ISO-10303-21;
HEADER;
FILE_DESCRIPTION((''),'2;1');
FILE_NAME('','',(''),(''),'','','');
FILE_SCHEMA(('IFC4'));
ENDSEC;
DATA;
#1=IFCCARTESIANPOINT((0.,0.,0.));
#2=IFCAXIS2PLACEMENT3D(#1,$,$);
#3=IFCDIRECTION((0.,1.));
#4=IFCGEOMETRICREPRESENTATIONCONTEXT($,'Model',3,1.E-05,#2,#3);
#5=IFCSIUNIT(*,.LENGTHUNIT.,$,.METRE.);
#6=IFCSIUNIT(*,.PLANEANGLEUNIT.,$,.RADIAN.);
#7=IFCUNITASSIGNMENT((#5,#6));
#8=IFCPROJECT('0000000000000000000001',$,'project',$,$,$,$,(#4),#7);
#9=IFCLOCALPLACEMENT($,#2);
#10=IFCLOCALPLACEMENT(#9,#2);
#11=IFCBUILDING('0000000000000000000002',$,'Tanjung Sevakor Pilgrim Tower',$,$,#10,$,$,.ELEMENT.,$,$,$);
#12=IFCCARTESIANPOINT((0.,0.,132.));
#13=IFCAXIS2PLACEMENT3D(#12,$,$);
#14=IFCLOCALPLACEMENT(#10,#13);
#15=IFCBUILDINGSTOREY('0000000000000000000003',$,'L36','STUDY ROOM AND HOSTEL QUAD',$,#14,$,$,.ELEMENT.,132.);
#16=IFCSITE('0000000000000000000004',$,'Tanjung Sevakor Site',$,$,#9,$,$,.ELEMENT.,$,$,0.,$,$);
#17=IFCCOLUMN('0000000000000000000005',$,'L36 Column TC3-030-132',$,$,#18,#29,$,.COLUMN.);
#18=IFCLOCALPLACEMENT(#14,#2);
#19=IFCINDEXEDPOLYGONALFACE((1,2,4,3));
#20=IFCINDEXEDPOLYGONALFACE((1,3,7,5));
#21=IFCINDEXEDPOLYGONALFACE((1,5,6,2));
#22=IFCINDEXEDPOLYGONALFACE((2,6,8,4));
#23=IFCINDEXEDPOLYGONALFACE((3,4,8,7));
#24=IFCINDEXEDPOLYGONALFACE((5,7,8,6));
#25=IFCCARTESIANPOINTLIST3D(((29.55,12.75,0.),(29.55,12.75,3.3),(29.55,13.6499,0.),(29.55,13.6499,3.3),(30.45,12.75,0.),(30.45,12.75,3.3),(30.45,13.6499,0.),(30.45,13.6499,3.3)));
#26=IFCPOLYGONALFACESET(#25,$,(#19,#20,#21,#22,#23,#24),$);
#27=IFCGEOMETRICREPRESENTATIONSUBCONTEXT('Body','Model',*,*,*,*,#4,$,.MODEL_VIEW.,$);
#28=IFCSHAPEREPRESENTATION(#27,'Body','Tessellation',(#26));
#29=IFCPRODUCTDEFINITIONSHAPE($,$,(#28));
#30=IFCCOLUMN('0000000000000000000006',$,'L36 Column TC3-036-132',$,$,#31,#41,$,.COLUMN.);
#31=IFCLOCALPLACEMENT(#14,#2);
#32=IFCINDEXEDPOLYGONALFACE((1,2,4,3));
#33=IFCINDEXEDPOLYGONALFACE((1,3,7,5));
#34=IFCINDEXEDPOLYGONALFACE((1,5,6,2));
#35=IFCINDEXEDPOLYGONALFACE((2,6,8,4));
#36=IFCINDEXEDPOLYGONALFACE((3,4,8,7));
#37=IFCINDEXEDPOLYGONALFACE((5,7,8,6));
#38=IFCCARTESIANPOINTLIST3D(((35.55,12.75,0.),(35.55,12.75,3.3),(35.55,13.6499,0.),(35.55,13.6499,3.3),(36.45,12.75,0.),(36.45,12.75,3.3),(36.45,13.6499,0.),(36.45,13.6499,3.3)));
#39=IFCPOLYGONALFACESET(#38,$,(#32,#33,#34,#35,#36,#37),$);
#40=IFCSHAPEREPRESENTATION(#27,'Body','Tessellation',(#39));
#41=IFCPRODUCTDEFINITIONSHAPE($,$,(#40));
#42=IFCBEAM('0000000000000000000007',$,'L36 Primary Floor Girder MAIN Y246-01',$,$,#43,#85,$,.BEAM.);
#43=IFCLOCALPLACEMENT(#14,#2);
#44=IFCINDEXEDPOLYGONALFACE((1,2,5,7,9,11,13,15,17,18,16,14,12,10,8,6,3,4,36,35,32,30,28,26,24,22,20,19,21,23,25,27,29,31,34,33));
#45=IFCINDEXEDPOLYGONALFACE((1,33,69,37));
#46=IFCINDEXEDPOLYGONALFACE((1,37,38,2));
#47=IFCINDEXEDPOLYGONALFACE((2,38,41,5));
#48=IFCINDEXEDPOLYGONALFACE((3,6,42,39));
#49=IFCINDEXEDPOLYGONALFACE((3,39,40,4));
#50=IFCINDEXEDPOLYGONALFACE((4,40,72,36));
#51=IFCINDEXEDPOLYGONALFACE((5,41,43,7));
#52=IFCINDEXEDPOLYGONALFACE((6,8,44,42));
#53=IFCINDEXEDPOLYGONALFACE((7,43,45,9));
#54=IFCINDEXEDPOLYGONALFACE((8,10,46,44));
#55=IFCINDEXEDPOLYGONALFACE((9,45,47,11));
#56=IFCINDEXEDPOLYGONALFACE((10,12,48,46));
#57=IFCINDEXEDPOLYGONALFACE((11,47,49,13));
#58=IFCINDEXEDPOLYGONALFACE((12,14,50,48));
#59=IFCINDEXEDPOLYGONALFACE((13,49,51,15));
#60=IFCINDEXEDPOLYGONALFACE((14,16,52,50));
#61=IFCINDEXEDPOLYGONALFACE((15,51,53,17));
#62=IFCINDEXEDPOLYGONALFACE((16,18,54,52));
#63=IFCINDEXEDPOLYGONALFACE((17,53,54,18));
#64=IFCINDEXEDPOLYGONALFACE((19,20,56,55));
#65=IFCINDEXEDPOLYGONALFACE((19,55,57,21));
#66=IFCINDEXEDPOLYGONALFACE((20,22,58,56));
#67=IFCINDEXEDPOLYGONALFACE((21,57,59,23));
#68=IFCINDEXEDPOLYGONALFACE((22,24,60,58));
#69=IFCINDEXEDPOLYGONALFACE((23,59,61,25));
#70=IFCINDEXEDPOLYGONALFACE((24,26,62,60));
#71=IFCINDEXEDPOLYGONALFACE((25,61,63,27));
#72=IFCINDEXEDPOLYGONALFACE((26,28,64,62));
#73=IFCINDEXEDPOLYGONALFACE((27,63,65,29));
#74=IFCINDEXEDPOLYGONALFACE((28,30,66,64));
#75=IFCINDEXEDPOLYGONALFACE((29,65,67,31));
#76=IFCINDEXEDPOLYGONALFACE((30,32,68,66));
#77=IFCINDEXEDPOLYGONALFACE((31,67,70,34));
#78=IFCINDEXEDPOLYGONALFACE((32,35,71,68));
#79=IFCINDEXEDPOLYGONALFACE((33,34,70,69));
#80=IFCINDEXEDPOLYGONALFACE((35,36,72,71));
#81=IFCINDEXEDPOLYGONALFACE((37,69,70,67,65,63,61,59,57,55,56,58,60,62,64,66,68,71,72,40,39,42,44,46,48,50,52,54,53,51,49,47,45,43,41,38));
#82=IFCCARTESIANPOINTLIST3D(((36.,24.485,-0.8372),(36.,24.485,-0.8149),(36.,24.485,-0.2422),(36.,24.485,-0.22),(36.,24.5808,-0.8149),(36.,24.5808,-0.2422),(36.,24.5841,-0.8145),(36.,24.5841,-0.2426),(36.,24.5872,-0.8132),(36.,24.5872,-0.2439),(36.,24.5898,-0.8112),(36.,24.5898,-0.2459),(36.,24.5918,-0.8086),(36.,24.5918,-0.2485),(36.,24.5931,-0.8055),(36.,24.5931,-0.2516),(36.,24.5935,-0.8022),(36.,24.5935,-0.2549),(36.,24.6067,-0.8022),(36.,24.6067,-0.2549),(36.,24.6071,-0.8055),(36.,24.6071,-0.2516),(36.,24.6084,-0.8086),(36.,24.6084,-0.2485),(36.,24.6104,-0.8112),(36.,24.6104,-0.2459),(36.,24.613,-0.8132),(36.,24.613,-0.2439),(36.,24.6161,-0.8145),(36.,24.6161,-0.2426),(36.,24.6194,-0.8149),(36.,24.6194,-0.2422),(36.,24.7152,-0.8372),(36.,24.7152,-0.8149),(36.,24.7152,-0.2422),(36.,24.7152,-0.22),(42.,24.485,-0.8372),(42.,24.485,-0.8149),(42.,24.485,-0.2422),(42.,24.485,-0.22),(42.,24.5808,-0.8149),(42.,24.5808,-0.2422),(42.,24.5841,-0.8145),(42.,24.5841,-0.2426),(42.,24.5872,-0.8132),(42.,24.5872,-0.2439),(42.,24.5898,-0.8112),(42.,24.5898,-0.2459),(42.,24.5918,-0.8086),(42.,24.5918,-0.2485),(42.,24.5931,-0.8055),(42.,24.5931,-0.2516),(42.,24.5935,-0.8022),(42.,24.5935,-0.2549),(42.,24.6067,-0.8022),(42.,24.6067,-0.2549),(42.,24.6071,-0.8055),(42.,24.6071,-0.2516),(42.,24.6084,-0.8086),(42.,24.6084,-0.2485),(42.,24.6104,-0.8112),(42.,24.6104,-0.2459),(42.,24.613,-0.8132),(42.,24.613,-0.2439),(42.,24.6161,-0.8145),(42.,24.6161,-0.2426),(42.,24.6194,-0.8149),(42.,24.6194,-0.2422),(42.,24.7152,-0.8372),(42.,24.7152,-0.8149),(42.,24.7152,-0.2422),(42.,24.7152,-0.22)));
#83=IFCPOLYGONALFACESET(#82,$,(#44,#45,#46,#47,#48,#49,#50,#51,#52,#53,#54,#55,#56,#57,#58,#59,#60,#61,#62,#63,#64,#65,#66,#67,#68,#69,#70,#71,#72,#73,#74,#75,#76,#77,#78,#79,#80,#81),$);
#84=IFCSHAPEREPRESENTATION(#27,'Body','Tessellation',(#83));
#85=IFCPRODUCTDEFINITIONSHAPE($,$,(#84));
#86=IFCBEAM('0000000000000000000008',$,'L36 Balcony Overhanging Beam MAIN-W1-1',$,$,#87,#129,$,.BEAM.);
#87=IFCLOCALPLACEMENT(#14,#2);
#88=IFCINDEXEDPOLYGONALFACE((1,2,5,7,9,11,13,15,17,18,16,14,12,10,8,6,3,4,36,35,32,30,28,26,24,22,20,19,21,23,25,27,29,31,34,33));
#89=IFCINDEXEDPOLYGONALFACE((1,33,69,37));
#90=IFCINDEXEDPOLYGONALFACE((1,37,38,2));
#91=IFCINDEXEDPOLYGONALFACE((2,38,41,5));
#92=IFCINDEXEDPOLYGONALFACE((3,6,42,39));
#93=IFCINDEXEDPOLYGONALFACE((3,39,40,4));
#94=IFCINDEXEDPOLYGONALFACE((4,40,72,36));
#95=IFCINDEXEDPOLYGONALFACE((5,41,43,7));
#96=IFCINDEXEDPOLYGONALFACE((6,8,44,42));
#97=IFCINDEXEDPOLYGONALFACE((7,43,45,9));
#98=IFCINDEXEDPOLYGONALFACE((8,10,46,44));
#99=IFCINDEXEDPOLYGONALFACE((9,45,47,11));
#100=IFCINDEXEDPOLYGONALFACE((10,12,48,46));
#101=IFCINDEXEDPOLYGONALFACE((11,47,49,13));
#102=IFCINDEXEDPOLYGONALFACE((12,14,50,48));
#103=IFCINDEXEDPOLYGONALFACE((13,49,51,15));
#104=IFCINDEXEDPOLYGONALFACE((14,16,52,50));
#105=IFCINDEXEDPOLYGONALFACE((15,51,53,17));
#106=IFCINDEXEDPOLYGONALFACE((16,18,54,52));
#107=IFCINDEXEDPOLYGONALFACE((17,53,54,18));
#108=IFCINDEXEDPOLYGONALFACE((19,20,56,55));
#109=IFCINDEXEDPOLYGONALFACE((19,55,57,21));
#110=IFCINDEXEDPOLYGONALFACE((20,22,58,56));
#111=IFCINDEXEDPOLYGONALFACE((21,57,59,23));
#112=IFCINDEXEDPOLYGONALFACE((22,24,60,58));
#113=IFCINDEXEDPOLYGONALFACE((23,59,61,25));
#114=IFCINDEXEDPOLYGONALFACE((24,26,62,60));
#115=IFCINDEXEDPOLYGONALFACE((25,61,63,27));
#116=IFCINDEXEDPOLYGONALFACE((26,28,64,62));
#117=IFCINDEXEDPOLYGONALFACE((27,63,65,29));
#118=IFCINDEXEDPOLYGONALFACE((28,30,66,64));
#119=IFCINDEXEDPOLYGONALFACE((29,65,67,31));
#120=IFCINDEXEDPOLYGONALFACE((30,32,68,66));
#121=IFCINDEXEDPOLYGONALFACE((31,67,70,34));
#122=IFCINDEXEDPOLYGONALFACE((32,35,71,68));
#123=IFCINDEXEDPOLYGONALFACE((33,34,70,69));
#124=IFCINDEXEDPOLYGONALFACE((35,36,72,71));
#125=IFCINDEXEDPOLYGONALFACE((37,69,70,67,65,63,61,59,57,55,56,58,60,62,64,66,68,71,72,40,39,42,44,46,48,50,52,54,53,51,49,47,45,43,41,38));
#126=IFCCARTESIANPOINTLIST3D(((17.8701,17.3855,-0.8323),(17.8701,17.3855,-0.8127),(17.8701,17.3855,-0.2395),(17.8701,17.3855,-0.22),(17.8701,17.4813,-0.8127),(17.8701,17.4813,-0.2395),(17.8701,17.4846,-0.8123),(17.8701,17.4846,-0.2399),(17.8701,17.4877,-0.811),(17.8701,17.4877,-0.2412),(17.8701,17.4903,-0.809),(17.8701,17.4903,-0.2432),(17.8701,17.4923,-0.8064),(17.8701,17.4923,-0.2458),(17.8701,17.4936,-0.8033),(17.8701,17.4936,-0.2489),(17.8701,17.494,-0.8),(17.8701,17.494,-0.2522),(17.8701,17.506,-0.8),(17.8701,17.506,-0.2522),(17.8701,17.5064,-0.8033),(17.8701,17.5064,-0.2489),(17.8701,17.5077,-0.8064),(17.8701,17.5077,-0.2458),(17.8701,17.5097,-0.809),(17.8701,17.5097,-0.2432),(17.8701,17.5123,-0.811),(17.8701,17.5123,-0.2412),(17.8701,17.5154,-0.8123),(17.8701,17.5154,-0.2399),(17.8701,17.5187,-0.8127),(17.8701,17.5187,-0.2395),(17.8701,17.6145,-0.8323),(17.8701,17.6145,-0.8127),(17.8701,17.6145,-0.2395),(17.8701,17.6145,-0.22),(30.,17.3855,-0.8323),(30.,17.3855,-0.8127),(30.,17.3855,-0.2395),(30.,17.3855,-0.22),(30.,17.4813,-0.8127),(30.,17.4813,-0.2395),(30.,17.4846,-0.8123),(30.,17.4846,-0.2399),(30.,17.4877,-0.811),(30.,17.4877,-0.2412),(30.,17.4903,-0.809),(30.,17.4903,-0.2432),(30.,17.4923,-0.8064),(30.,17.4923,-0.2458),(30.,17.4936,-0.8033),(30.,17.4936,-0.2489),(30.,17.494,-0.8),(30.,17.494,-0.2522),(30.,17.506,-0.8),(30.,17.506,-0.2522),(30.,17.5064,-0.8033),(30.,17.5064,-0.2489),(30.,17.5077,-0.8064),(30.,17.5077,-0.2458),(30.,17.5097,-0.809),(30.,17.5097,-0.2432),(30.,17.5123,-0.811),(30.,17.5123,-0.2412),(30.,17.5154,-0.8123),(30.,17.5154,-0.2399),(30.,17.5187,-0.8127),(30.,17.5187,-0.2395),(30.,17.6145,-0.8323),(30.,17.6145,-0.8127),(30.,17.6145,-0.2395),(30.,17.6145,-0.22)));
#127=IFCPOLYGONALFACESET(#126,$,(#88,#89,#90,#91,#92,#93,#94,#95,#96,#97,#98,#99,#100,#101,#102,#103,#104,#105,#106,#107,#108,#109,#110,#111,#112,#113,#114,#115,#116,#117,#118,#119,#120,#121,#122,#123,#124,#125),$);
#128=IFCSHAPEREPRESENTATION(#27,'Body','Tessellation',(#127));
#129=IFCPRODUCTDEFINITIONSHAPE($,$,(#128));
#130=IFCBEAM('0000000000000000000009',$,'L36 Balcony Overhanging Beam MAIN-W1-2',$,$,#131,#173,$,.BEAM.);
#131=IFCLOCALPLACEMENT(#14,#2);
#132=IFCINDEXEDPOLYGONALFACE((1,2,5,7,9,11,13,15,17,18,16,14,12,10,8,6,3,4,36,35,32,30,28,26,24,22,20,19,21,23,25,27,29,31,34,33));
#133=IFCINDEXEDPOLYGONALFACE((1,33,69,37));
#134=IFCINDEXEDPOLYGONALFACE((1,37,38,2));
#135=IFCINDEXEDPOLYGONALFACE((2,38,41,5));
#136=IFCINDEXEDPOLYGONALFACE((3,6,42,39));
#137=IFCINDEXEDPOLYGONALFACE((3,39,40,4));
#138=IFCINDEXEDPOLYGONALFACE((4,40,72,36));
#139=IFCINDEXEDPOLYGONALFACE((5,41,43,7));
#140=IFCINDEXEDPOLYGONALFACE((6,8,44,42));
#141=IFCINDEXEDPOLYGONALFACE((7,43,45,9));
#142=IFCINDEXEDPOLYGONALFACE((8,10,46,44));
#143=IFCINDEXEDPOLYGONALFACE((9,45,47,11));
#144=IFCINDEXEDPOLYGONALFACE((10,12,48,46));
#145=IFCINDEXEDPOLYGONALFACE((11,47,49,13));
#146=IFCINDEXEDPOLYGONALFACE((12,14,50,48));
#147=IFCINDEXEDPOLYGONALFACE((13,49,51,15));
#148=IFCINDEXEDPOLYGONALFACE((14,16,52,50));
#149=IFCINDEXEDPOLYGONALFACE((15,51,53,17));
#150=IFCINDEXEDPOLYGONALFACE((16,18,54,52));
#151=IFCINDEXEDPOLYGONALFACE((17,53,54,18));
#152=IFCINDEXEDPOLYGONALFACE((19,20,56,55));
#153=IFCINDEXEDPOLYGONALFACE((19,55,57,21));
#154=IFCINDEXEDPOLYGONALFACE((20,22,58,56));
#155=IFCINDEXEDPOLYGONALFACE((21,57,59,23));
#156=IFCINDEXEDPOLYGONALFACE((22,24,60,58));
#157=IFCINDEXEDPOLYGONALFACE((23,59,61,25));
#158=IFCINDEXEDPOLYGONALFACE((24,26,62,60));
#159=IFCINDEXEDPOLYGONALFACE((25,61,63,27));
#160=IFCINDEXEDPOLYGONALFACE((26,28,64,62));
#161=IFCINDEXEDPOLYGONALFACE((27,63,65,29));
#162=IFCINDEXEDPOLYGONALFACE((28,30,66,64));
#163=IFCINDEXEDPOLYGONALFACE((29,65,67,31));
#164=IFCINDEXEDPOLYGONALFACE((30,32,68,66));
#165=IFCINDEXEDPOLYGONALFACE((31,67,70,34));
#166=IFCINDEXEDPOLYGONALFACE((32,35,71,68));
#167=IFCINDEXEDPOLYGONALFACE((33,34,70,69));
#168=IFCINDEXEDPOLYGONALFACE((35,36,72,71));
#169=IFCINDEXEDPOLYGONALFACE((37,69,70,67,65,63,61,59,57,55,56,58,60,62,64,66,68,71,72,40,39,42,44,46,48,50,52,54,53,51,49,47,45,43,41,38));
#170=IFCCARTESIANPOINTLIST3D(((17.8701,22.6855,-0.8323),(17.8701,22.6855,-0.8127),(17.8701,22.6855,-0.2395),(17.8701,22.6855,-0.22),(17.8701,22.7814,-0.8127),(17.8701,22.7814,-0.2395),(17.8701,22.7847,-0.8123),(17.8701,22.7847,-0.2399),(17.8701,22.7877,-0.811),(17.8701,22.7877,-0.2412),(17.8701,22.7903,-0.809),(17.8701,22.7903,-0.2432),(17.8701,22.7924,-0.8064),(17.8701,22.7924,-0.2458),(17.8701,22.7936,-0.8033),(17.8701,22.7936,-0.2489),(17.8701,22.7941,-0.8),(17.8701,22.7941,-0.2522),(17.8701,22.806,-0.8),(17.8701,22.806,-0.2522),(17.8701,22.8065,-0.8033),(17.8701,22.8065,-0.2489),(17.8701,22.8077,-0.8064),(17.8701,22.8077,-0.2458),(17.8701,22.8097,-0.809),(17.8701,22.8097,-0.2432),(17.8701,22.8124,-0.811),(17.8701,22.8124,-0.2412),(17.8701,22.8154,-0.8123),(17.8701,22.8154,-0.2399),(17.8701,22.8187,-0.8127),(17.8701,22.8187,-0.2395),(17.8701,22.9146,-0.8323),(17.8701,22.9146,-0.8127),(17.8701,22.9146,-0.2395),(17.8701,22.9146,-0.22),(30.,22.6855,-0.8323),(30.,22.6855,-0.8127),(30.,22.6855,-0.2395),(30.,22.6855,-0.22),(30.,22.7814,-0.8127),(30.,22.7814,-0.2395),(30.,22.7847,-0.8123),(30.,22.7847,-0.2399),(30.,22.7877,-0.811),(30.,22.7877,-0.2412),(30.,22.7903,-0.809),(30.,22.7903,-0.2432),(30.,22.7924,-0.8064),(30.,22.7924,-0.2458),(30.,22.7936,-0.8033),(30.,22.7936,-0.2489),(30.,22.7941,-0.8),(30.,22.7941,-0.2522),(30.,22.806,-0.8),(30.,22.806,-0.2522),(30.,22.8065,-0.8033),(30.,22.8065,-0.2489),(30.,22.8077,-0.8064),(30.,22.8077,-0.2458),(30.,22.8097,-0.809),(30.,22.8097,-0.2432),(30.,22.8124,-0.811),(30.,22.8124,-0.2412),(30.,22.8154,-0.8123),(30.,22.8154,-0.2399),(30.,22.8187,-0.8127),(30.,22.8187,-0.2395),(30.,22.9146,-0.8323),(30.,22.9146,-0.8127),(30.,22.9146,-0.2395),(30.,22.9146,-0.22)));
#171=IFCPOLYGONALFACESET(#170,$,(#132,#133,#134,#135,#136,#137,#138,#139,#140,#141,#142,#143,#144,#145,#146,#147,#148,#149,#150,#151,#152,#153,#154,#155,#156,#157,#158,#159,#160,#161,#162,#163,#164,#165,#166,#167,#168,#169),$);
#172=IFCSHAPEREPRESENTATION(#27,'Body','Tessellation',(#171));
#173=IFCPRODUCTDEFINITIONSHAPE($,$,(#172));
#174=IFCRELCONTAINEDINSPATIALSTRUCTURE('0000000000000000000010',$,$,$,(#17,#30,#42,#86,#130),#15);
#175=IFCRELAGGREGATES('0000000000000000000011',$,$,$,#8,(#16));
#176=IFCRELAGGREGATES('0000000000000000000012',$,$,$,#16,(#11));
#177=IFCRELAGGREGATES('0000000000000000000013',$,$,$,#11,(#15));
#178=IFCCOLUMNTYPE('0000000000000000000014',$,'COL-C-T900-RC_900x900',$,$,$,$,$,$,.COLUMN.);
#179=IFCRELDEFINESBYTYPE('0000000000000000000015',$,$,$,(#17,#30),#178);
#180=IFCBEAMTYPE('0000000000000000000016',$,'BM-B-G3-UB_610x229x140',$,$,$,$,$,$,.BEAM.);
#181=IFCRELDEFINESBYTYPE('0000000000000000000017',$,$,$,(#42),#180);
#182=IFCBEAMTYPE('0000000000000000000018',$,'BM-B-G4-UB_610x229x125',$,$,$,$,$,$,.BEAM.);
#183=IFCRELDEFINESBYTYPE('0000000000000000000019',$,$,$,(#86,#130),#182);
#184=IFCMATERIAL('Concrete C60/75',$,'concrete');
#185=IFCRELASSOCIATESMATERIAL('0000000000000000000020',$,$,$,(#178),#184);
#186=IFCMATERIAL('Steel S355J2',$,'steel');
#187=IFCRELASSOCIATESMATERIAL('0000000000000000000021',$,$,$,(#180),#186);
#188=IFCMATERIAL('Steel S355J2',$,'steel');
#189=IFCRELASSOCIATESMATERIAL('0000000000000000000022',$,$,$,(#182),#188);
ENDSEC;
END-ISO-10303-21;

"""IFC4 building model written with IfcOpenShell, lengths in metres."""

from ifc_helpers import new_model, si_unit, direction, frame, origin, origin_2d, place, context, subcontext, project, spatial, rectangle, i_section, extrude, material, material_profile, profile_set, type_object, element, save


model = new_model("IFC4")

# Units and contexts
model_context = context("Model", 3, precision=1e-05, world=origin(), true_north=direction((0.0, 1.0)))
body_context = subcontext(model_context, "Body", "Model", "MODEL_VIEW")
ifc_project = project(units=[si_unit("LENGTHUNIT", "METRE"), si_unit("PLANEANGLEUNIT", "RADIAN")], contexts=[model_context])

# Site, building, storey
site_placement = place(None, origin())
site = spatial("IfcSite", under=ifc_project, at=site_placement, Name="Tanjung Sevakor Site", CompositionType="ELEMENT", RefElevation=0.0)
building_placement = place(site_placement, origin())
building = spatial("IfcBuilding", under=site, at=building_placement, Name="Tanjung Sevakor Pilgrim Tower", CompositionType="ELEMENT")
storey_placement = place(building_placement, frame((0.0, 0.0, 132.0)))
storey = spatial("IfcBuildingStorey", under=building, at=storey_placement, Name="L36", Description="STUDY ROOM AND HOSTEL QUAD", CompositionType="ELEMENT", Elevation=132.0)

# Columns
ifc_material_1 = material(Name="Concrete C60/75", Category="concrete")
ifc_material_profile_1 = material_profile(ifc_material_1, rectangle(XDim=0.8999, YDim=0.8999, at=origin_2d()))
ifc_profile_set_1 = profile_set([ifc_material_profile_1], Name="Concrete C60/75")
column_type = type_object("IfcColumnType", Name="COL-C-T900-RC_900x900", PredefinedType="COLUMN", material=ifc_profile_set_1)
for number, where, z_axis, x_axis, name in (
    (1, (30.0, 13.2, 0.0), (0.0, 0.0, 1.0), (1.0, 0.0, 0.0), "L36 Column TC3-030-132"),
    (2, (36.0, 13.2, 0.0), (0.0, 0.0, 1.0), (1.0, 0.0, 0.0), "L36 Column TC3-036-132"),
):
    element("IfcColumn", number, at=place(storey_placement, frame(where, z_axis=z_axis, x_axis=x_axis)), inside=storey, type_object=column_type, Name=name, PredefinedType="COLUMN", context=body_context, shape_type="SweptSolid", body=[
        extrude(rectangle(XDim=0.8999, YDim=0.8999, at=origin_2d()), origin(), (0.0, 0.0, 1.0), 3.3),
    ])

# Beams
ifc_material_2 = material(Name="Steel S355J2", Category="steel")
ifc_material_profile_2 = material_profile(ifc_material_2, i_section(OverallWidth=0.2302, OverallDepth=0.6172, WebThickness=0.0132, FlangeThickness=0.0222, FilletRadius=0.0127, at=origin_2d()))
ifc_profile_set_2 = profile_set([ifc_material_profile_2], Name="Steel S355J2")
beam_type_1 = type_object("IfcBeamType", Name="BM-B-G3-UB_610x229x140", PredefinedType="BEAM", material=ifc_profile_set_2)
beam_1_placement = place(storey_placement, frame((36.0, 24.6001, -0.5286), z_axis=(1.0, 0.0, 0.0), x_axis=(0.0, 1.0, 0.0)))
element("IfcBeam", 3, at=beam_1_placement, inside=storey, type_object=beam_type_1, Name="L36 Primary Floor Girder MAIN Y246-01", PredefinedType="BEAM", context=body_context, shape_type="SweptSolid", body=[
    extrude(i_section(OverallWidth=0.2302, OverallDepth=0.6172, WebThickness=0.0132, FlangeThickness=0.0222, FilletRadius=0.0127, at=origin_2d()), origin(), (0.0, 0.0, 1.0), 6.0),
])
ifc_material_3 = material(Name="Steel S355J2", Category="steel")
ifc_material_profile_3 = material_profile(ifc_material_3, i_section(OverallWidth=0.229, OverallDepth=0.6123, WebThickness=0.012, FlangeThickness=0.0195, FilletRadius=0.0127, at=origin_2d()))
ifc_profile_set_3 = profile_set([ifc_material_profile_3], Name="Steel S355J2")
beam_type_2 = type_object("IfcBeamType", Name="BM-B-G4-UB_610x229x125", PredefinedType="BEAM", material=ifc_profile_set_3)
for number, where, z_axis, x_axis, name in (
    (4, (30.0, 17.5, -0.5261), (-1.0, 0.0, 0.0), (0.0, -1.0, 0.0), "L36 Balcony Overhanging Beam MAIN-W1-1"),
    (5, (30.0, 22.8, -0.5261), (-1.0, 0.0, 0.0), (0.0, -1.0, 0.0), "L36 Balcony Overhanging Beam MAIN-W1-2"),
):
    element("IfcBeam", number, at=place(storey_placement, frame(where, z_axis=z_axis, x_axis=x_axis)), inside=storey, type_object=beam_type_2, Name=name, PredefinedType="BEAM", context=body_context, shape_type="SweptSolid", body=[
        extrude(i_section(OverallWidth=0.229, OverallDepth=0.6123, WebThickness=0.012, FlangeThickness=0.0195, FilletRadius=0.0127, at=origin_2d()), origin(), (0.0, 0.0, 1.0), 12.1299),
    ])

save(model, "model.ifc")
